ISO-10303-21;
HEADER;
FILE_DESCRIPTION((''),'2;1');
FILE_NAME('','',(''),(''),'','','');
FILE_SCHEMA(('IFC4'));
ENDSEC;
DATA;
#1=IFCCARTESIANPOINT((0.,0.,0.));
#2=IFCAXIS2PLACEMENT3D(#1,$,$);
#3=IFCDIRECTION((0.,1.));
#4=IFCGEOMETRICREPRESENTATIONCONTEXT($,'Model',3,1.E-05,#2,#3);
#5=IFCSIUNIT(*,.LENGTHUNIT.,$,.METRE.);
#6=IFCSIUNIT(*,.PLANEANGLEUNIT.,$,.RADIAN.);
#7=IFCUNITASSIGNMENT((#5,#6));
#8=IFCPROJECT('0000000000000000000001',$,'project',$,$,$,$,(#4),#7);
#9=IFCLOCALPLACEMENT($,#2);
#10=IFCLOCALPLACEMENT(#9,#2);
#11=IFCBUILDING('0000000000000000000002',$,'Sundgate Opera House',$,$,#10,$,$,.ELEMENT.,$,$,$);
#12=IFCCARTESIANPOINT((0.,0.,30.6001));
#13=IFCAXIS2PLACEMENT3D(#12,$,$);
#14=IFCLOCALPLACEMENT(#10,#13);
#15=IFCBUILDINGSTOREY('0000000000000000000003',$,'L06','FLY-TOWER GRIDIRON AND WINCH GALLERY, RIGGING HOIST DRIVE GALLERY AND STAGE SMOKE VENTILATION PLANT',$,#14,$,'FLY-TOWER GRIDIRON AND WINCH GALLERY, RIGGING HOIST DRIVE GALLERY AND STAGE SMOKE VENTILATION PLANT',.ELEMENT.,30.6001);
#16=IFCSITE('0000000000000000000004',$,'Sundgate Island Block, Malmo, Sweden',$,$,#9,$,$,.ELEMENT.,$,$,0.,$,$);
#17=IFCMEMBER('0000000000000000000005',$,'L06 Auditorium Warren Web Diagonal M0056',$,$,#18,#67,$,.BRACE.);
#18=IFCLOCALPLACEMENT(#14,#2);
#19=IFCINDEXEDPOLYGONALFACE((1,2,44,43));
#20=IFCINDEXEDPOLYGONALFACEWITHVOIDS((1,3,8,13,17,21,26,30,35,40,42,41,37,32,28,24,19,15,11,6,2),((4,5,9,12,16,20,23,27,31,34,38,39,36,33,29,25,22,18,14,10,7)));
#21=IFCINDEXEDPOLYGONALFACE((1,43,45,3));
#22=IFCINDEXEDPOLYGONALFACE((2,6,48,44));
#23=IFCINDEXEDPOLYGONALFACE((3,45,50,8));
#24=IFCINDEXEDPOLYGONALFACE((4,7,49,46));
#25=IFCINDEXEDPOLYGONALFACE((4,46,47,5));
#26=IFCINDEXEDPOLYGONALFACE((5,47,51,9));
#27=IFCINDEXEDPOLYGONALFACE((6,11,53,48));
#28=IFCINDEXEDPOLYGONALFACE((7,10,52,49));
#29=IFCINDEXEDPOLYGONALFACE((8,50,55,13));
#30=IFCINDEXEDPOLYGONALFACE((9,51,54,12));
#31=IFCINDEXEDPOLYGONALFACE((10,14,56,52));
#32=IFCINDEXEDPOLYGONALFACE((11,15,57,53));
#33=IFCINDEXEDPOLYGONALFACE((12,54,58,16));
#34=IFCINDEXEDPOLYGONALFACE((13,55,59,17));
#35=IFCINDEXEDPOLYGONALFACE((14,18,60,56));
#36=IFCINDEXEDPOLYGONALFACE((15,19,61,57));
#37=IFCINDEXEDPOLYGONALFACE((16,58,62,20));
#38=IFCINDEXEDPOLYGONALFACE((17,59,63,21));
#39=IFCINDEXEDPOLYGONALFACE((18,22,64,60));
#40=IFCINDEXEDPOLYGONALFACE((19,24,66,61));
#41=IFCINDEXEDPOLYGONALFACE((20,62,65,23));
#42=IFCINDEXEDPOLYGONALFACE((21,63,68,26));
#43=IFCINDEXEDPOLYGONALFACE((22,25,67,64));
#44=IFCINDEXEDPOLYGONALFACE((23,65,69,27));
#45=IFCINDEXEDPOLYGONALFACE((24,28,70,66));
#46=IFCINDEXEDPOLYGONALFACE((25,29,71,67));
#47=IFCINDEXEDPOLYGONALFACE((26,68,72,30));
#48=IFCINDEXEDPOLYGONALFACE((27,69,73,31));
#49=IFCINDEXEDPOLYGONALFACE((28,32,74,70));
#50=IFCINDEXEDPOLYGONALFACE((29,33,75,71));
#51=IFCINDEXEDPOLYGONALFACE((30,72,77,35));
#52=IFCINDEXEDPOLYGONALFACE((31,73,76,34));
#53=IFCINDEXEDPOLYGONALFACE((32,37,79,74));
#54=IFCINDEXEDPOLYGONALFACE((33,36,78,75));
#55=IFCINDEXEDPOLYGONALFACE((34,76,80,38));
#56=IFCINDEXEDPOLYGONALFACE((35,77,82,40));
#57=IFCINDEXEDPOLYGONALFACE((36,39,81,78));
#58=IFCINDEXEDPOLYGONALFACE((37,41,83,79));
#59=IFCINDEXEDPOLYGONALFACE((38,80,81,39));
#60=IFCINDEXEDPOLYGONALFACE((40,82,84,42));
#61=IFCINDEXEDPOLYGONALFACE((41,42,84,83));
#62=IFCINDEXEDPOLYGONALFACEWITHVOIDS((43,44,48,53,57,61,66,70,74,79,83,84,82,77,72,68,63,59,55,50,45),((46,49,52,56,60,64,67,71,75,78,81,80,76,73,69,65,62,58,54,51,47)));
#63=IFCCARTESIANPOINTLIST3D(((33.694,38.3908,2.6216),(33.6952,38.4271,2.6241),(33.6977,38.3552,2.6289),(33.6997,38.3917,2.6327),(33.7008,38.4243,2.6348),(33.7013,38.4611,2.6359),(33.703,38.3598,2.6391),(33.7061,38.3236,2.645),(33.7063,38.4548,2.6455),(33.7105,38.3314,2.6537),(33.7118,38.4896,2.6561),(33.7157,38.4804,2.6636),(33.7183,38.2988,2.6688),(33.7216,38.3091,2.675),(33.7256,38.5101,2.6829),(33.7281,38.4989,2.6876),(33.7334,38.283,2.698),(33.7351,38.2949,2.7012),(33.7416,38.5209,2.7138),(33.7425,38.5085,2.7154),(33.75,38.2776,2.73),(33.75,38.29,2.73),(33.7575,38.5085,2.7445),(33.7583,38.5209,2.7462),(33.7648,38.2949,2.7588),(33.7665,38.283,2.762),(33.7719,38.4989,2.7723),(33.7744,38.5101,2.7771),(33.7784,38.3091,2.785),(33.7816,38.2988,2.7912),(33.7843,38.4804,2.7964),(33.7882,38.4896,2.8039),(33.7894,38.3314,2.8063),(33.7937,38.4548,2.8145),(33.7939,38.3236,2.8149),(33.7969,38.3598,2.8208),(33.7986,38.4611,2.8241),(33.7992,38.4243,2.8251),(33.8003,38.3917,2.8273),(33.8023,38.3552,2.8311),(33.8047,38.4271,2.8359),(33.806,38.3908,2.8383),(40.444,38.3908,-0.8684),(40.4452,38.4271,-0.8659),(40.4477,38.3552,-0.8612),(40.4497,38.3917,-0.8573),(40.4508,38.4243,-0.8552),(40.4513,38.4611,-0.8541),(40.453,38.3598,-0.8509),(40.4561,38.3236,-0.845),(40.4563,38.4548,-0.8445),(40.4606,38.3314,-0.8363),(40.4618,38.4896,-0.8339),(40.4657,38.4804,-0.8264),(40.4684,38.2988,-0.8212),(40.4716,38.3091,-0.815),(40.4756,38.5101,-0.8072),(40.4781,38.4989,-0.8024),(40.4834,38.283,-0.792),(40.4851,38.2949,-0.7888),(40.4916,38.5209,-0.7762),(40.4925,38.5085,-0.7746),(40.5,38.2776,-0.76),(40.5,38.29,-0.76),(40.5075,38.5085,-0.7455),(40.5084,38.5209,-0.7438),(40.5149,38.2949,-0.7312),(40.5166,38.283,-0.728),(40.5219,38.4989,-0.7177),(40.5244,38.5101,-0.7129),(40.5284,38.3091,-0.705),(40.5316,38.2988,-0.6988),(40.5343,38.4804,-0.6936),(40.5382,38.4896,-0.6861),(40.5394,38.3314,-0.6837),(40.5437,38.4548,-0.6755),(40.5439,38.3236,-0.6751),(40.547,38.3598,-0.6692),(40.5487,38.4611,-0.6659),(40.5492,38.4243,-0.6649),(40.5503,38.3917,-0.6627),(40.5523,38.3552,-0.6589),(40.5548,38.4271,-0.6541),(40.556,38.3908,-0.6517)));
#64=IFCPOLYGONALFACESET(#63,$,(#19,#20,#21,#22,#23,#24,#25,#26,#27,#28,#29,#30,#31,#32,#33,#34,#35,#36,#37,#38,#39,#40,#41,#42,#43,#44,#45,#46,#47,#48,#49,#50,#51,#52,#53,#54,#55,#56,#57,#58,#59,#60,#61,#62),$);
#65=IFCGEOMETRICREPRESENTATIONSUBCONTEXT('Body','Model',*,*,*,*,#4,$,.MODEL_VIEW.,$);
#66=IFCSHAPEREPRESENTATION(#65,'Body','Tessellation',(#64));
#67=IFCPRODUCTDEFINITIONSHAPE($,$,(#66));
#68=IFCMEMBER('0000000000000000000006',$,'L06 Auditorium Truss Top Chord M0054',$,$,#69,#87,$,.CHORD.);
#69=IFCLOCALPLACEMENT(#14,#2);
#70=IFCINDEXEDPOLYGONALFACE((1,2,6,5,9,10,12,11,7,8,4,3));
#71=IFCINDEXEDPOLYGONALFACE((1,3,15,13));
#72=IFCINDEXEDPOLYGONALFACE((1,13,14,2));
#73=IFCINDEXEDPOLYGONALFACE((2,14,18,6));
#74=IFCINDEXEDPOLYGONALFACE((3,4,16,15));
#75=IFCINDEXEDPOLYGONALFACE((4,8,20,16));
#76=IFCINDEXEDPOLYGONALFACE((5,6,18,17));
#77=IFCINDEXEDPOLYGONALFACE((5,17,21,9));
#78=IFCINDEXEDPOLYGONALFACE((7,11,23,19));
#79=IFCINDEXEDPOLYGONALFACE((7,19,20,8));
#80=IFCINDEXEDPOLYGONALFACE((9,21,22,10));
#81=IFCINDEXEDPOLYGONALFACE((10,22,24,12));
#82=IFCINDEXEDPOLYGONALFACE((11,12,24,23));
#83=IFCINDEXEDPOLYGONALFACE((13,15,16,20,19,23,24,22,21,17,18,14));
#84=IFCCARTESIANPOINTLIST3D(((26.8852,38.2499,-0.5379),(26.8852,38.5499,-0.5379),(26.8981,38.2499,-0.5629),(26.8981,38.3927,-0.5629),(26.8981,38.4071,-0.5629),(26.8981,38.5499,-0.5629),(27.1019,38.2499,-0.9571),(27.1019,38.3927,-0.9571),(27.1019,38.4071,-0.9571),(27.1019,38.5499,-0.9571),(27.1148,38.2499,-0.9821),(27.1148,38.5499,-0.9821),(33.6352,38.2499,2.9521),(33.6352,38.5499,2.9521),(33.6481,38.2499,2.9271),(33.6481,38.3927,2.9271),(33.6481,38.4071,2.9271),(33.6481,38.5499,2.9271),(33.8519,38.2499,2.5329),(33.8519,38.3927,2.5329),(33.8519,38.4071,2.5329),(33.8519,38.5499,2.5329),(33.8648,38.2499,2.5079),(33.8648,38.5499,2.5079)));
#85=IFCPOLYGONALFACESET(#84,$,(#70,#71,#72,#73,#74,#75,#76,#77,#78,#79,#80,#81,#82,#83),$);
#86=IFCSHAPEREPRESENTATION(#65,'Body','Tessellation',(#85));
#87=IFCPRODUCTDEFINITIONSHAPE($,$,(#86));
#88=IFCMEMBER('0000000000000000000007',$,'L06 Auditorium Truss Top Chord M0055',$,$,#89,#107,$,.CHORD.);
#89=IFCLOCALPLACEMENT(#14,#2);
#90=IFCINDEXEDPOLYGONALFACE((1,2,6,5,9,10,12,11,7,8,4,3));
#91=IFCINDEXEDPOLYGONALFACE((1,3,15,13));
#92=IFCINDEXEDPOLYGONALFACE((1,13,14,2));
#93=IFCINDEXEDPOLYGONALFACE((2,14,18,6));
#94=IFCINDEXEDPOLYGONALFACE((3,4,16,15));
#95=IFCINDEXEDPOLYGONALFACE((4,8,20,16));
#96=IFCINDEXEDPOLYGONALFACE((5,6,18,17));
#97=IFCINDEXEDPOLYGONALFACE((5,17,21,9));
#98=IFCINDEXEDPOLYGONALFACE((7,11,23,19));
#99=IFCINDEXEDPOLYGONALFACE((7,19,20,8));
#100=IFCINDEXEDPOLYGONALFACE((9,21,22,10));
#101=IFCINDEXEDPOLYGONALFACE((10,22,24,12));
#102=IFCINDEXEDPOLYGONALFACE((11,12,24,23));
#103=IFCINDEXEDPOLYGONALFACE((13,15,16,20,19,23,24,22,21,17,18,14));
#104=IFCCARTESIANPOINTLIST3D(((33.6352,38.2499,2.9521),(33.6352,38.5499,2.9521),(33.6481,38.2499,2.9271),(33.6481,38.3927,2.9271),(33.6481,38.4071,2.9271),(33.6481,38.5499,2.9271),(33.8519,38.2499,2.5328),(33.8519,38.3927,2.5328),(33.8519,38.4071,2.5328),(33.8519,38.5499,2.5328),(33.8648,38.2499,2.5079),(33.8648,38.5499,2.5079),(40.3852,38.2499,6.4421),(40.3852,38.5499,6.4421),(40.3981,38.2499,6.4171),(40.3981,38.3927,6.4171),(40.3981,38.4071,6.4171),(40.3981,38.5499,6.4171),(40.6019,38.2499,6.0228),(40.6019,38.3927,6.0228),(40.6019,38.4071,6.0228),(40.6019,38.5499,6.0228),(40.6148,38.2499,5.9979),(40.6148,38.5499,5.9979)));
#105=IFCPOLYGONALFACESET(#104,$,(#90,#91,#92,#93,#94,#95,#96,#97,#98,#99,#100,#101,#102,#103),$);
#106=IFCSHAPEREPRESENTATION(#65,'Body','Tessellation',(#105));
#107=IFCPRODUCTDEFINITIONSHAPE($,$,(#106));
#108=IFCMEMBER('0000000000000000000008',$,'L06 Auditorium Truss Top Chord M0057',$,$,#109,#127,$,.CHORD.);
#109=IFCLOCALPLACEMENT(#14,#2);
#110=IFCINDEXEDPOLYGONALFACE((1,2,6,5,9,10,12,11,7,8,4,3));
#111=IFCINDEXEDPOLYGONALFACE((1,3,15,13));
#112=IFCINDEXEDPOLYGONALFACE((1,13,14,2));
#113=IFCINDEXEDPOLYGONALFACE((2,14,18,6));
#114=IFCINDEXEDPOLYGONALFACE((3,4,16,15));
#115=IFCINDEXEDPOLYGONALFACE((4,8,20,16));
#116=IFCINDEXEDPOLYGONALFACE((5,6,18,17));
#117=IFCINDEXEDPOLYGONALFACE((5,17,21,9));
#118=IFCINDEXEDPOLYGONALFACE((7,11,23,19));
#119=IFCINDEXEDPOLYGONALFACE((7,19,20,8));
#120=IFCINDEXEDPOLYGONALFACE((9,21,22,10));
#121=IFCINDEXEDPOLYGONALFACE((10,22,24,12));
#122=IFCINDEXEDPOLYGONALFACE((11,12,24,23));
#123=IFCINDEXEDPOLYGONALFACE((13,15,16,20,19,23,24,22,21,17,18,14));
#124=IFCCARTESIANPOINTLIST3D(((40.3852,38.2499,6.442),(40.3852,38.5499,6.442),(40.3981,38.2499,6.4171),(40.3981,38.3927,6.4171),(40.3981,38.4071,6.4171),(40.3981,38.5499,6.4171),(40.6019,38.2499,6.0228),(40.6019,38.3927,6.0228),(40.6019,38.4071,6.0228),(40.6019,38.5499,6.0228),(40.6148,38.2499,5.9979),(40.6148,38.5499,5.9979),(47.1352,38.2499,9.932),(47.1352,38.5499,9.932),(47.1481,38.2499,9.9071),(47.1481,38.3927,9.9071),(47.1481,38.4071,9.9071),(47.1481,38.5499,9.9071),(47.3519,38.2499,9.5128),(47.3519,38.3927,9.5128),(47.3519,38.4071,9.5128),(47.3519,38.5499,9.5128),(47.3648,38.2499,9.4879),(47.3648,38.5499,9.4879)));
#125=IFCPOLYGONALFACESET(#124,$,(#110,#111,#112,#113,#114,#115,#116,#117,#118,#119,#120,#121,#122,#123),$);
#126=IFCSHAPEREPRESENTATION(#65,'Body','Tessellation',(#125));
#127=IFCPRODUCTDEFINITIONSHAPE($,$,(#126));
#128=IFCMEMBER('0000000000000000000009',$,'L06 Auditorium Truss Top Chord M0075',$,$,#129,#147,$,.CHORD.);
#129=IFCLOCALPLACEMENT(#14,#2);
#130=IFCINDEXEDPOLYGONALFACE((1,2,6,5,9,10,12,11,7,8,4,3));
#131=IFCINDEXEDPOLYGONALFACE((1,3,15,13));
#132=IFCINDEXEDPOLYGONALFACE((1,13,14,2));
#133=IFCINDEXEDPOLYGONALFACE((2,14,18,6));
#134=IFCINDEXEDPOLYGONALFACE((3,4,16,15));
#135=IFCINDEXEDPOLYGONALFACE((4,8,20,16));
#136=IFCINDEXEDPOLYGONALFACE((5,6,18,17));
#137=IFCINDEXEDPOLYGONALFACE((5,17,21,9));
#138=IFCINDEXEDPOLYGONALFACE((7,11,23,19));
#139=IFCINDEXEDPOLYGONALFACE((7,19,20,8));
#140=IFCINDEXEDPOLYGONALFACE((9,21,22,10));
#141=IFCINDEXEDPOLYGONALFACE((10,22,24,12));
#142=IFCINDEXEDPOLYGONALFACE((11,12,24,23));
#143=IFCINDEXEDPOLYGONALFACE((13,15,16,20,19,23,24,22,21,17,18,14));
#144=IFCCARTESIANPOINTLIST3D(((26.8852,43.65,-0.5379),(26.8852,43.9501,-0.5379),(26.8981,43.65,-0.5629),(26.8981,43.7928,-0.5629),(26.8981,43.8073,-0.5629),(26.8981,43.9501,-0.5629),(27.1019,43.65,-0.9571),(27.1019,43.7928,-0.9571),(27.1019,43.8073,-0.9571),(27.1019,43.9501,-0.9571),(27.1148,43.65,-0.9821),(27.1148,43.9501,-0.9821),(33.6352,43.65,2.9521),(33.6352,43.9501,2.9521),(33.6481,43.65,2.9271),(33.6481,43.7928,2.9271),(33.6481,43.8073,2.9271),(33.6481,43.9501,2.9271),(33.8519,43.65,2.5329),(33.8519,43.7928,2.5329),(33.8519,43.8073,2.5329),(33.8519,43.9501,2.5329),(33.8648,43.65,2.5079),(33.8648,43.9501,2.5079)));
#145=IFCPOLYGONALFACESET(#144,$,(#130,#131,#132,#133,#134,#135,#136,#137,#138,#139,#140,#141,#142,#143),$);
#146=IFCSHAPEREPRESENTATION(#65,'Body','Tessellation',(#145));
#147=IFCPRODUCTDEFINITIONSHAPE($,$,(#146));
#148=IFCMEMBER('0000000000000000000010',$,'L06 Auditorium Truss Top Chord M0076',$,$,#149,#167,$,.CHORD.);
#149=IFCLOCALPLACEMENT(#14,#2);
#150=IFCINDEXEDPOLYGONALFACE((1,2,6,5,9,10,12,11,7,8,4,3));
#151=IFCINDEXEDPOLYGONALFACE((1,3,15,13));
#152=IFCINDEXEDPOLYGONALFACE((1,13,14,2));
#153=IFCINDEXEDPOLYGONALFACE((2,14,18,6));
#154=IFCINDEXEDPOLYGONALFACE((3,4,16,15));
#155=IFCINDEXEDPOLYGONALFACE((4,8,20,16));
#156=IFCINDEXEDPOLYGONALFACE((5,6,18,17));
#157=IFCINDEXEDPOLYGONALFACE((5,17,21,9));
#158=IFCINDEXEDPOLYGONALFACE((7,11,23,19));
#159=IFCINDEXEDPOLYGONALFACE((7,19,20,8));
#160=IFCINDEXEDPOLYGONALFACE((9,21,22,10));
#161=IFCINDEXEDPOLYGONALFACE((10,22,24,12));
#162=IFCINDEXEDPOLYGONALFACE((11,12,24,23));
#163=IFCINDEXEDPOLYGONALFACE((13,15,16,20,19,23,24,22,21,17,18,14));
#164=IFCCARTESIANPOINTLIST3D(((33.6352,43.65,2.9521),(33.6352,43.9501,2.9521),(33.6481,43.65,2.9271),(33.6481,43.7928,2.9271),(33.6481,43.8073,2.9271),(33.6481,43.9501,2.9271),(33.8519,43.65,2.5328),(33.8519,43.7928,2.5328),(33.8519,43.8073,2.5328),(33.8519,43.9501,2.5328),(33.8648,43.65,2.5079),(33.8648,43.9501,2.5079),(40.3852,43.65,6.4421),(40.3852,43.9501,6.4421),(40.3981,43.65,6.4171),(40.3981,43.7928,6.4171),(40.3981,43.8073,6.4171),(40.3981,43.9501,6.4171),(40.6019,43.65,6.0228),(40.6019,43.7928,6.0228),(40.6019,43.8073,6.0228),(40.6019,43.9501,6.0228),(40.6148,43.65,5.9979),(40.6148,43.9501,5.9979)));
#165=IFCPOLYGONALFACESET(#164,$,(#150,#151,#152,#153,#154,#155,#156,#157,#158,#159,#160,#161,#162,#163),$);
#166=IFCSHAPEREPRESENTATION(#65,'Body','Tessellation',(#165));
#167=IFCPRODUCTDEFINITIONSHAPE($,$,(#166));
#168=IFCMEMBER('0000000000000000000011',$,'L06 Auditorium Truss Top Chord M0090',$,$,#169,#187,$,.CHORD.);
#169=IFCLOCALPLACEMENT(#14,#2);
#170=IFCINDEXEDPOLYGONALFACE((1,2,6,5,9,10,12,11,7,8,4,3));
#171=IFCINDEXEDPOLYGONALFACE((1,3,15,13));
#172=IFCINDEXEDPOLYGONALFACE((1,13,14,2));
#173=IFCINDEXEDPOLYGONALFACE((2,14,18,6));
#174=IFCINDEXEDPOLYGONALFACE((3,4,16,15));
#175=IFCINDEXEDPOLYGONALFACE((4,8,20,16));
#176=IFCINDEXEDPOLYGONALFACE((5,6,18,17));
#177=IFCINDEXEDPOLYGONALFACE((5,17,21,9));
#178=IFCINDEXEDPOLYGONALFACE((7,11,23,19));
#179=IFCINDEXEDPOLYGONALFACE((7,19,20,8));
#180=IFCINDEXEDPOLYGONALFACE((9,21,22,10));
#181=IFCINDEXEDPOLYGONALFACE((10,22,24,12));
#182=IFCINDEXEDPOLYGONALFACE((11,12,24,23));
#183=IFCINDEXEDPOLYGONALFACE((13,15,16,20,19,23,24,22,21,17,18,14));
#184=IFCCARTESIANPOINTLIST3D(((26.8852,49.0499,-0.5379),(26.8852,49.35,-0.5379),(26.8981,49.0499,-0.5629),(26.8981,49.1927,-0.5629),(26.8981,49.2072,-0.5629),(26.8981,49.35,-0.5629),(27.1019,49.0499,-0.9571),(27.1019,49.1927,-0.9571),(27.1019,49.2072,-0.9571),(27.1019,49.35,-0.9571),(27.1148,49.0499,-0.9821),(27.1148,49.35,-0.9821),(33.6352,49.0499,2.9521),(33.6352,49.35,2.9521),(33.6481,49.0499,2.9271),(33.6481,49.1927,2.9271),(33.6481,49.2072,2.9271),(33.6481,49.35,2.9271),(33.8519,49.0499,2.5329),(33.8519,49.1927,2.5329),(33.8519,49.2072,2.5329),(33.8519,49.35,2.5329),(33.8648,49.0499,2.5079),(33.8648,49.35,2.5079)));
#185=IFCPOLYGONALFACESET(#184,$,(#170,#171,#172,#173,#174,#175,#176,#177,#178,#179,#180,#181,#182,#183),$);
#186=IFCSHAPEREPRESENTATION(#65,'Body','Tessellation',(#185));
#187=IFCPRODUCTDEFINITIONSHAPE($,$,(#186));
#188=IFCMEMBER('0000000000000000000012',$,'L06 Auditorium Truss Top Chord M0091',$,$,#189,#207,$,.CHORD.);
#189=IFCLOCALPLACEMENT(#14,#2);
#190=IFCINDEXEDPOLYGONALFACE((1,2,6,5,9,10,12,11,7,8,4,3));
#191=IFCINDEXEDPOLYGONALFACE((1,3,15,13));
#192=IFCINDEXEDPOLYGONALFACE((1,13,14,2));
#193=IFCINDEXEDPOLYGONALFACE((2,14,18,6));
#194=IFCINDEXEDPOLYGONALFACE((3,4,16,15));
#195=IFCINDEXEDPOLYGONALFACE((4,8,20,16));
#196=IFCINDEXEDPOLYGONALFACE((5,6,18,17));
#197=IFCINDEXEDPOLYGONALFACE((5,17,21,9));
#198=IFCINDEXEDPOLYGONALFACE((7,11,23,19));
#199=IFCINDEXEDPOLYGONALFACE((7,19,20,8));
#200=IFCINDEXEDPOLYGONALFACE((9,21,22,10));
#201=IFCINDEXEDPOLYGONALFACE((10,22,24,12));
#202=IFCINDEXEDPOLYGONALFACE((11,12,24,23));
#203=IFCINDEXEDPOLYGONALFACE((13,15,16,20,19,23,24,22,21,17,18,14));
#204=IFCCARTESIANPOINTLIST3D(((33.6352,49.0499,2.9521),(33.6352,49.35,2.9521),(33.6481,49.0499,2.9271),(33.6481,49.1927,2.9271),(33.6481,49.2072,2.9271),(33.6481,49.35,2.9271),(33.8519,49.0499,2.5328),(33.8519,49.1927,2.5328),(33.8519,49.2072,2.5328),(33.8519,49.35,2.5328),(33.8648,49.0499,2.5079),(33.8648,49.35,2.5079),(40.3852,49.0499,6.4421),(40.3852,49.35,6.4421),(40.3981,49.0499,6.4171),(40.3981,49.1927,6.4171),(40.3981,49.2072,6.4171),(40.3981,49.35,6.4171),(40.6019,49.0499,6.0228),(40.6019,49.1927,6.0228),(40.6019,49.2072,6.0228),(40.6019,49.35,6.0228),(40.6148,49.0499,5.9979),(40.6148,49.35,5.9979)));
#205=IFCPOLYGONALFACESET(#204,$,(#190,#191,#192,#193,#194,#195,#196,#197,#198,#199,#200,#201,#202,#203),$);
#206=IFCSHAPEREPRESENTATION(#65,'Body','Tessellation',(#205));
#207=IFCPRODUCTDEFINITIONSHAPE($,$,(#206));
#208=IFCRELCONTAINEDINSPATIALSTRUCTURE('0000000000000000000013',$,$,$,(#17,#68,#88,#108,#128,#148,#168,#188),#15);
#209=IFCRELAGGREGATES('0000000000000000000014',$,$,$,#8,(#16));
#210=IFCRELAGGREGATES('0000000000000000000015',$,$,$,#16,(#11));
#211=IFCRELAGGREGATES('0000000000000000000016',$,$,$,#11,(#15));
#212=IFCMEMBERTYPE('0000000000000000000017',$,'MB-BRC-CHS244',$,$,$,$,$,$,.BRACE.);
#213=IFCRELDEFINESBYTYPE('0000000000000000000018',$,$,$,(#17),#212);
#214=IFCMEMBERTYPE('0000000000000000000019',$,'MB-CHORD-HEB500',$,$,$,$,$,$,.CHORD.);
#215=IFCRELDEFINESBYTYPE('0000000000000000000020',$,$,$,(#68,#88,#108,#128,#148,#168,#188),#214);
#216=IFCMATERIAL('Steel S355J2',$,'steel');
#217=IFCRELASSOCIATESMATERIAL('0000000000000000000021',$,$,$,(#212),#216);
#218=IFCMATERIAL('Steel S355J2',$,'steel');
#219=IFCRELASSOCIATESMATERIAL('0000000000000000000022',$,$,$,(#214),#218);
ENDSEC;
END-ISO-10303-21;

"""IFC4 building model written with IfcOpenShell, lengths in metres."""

from ifc_helpers import new_model, si_unit, direction, frame, origin, origin_2d, place, context, subcontext, project, spatial, hollow_circle, i_section, extrude, material, material_profile, profile_set, type_object, element, save


model = new_model("IFC4")

# Units and contexts
model_context = context("Model", 3, precision=1e-05, world=origin(), true_north=direction((0.0, 1.0)))
body_context = subcontext(model_context, "Body", "Model", "MODEL_VIEW")
ifc_project = project(units=[si_unit("LENGTHUNIT", "METRE"), si_unit("PLANEANGLEUNIT", "RADIAN")], contexts=[model_context])

# Site, building, storey
site_placement = place(None, origin())
site = spatial("IfcSite", under=ifc_project, at=site_placement, Name="Sundgate Island Block, Malmo, Sweden", CompositionType="ELEMENT", RefElevation=0.0)
building_placement = place(site_placement, origin())
building = spatial("IfcBuilding", under=site, at=building_placement, Name="Sundgate Opera House", CompositionType="ELEMENT")
storey_placement = place(building_placement, frame((0.0, 0.0, 30.6001)))
storey = spatial("IfcBuildingStorey", under=building, at=storey_placement, Name="L06", Description="FLY-TOWER GRIDIRON AND WINCH GALLERY, RIGGING HOIST DRIVE GALLERY AND STAGE SMOKE VENTILATION PLANT", LongName="FLY-TOWER GRIDIRON AND WINCH GALLERY, RIGGING HOIST DRIVE GALLERY AND STAGE SMOKE VENTILATION PLANT", CompositionType="ELEMENT", Elevation=30.6001)

# Members
ifc_material_1 = material(Name="Steel S355J2", Category="steel")
ifc_material_profile_1 = material_profile(ifc_material_1, hollow_circle(Radius=0.1223, WallThickness=0.0125, at=origin_2d()), Name="CHS 244.5x12.5")
ifc_profile_set_1 = profile_set([ifc_material_profile_1], Name="Steel S355J2")
member_type_1 = type_object("IfcMemberType", Name="MB-BRC-CHS244", PredefinedType="BRACE", material=ifc_profile_set_1)
member_1_placement = place(storey_placement, frame((40.5, 38.3999, -0.76), z_axis=(-0.888292, 0.0, 0.459279), x_axis=(0.0, -1.0, 0.0)))
element("IfcMember", 1, at=member_1_placement, inside=storey, type_object=member_type_1, Name="L06 Auditorium Warren Web Diagonal M0056", PredefinedType="BRACE", context=body_context, shape_type="SweptSolid", body=[
    extrude(hollow_circle(Radius=0.1223, WallThickness=0.0125, at=origin_2d()), origin(), (0.0, 0.0, 1.0), 7.5989),
])
ifc_material_2 = material(Name="Steel S355J2", Category="steel")
ifc_material_profile_2 = material_profile(ifc_material_2, i_section(OverallWidth=0.3, OverallDepth=0.5, WebThickness=0.0144, FlangeThickness=0.0281, at=origin_2d()), Name="HEB 500")
ifc_profile_set_2 = profile_set([ifc_material_profile_2], Name="Steel S355J2")
member_type_2 = type_object("IfcMemberType", Name="MB-CHORD-HEB500", PredefinedType="CHORD", material=ifc_profile_set_2)
for number, where, z_axis, x_axis, name in (
    (2, (27.0, 38.3999, -0.76), (0.888292, 0.0, 0.459279), (0.0, 1.0, 0.0), "L06 Auditorium Truss Top Chord M0054"),
    (3, (33.75, 38.3999, 2.73), (0.888292, 0.0, 0.459279), (0.0, 1.0, 0.0), "L06 Auditorium Truss Top Chord M0055"),
    (4, (40.5, 38.3999, 6.22), (0.888292, 0.0, 0.459279), (0.0, 1.0, 0.0), "L06 Auditorium Truss Top Chord M0057"),
    (5, (27.0, 43.8, -0.76), (0.888292, 0.0, 0.459279), (0.0, 1.0, 0.0), "L06 Auditorium Truss Top Chord M0075"),
    (6, (33.75, 43.8, 2.73), (0.888292, 0.0, 0.459279), (0.0, 1.0, 0.0), "L06 Auditorium Truss Top Chord M0076"),
    (7, (27.0, 49.2, -0.76), (0.888292, 0.0, 0.459279), (0.0, 1.0, 0.0), "L06 Auditorium Truss Top Chord M0090"),
    (8, (33.75, 49.2, 2.73), (0.888292, 0.0, 0.459279), (0.0, 1.0, 0.0), "L06 Auditorium Truss Top Chord M0091"),
):
    element("IfcMember", number, at=place(storey_placement, frame(where, z_axis=z_axis, x_axis=x_axis)), inside=storey, type_object=member_type_2, Name=name, PredefinedType="CHORD", context=body_context, shape_type="SweptSolid", body=[
        extrude(i_section(OverallWidth=0.3, OverallDepth=0.5, WebThickness=0.0144, FlangeThickness=0.0281, at=origin_2d()), origin(), (0.0, 0.0, 1.0), 7.5989),
    ])

save(model, "model.ifc")
